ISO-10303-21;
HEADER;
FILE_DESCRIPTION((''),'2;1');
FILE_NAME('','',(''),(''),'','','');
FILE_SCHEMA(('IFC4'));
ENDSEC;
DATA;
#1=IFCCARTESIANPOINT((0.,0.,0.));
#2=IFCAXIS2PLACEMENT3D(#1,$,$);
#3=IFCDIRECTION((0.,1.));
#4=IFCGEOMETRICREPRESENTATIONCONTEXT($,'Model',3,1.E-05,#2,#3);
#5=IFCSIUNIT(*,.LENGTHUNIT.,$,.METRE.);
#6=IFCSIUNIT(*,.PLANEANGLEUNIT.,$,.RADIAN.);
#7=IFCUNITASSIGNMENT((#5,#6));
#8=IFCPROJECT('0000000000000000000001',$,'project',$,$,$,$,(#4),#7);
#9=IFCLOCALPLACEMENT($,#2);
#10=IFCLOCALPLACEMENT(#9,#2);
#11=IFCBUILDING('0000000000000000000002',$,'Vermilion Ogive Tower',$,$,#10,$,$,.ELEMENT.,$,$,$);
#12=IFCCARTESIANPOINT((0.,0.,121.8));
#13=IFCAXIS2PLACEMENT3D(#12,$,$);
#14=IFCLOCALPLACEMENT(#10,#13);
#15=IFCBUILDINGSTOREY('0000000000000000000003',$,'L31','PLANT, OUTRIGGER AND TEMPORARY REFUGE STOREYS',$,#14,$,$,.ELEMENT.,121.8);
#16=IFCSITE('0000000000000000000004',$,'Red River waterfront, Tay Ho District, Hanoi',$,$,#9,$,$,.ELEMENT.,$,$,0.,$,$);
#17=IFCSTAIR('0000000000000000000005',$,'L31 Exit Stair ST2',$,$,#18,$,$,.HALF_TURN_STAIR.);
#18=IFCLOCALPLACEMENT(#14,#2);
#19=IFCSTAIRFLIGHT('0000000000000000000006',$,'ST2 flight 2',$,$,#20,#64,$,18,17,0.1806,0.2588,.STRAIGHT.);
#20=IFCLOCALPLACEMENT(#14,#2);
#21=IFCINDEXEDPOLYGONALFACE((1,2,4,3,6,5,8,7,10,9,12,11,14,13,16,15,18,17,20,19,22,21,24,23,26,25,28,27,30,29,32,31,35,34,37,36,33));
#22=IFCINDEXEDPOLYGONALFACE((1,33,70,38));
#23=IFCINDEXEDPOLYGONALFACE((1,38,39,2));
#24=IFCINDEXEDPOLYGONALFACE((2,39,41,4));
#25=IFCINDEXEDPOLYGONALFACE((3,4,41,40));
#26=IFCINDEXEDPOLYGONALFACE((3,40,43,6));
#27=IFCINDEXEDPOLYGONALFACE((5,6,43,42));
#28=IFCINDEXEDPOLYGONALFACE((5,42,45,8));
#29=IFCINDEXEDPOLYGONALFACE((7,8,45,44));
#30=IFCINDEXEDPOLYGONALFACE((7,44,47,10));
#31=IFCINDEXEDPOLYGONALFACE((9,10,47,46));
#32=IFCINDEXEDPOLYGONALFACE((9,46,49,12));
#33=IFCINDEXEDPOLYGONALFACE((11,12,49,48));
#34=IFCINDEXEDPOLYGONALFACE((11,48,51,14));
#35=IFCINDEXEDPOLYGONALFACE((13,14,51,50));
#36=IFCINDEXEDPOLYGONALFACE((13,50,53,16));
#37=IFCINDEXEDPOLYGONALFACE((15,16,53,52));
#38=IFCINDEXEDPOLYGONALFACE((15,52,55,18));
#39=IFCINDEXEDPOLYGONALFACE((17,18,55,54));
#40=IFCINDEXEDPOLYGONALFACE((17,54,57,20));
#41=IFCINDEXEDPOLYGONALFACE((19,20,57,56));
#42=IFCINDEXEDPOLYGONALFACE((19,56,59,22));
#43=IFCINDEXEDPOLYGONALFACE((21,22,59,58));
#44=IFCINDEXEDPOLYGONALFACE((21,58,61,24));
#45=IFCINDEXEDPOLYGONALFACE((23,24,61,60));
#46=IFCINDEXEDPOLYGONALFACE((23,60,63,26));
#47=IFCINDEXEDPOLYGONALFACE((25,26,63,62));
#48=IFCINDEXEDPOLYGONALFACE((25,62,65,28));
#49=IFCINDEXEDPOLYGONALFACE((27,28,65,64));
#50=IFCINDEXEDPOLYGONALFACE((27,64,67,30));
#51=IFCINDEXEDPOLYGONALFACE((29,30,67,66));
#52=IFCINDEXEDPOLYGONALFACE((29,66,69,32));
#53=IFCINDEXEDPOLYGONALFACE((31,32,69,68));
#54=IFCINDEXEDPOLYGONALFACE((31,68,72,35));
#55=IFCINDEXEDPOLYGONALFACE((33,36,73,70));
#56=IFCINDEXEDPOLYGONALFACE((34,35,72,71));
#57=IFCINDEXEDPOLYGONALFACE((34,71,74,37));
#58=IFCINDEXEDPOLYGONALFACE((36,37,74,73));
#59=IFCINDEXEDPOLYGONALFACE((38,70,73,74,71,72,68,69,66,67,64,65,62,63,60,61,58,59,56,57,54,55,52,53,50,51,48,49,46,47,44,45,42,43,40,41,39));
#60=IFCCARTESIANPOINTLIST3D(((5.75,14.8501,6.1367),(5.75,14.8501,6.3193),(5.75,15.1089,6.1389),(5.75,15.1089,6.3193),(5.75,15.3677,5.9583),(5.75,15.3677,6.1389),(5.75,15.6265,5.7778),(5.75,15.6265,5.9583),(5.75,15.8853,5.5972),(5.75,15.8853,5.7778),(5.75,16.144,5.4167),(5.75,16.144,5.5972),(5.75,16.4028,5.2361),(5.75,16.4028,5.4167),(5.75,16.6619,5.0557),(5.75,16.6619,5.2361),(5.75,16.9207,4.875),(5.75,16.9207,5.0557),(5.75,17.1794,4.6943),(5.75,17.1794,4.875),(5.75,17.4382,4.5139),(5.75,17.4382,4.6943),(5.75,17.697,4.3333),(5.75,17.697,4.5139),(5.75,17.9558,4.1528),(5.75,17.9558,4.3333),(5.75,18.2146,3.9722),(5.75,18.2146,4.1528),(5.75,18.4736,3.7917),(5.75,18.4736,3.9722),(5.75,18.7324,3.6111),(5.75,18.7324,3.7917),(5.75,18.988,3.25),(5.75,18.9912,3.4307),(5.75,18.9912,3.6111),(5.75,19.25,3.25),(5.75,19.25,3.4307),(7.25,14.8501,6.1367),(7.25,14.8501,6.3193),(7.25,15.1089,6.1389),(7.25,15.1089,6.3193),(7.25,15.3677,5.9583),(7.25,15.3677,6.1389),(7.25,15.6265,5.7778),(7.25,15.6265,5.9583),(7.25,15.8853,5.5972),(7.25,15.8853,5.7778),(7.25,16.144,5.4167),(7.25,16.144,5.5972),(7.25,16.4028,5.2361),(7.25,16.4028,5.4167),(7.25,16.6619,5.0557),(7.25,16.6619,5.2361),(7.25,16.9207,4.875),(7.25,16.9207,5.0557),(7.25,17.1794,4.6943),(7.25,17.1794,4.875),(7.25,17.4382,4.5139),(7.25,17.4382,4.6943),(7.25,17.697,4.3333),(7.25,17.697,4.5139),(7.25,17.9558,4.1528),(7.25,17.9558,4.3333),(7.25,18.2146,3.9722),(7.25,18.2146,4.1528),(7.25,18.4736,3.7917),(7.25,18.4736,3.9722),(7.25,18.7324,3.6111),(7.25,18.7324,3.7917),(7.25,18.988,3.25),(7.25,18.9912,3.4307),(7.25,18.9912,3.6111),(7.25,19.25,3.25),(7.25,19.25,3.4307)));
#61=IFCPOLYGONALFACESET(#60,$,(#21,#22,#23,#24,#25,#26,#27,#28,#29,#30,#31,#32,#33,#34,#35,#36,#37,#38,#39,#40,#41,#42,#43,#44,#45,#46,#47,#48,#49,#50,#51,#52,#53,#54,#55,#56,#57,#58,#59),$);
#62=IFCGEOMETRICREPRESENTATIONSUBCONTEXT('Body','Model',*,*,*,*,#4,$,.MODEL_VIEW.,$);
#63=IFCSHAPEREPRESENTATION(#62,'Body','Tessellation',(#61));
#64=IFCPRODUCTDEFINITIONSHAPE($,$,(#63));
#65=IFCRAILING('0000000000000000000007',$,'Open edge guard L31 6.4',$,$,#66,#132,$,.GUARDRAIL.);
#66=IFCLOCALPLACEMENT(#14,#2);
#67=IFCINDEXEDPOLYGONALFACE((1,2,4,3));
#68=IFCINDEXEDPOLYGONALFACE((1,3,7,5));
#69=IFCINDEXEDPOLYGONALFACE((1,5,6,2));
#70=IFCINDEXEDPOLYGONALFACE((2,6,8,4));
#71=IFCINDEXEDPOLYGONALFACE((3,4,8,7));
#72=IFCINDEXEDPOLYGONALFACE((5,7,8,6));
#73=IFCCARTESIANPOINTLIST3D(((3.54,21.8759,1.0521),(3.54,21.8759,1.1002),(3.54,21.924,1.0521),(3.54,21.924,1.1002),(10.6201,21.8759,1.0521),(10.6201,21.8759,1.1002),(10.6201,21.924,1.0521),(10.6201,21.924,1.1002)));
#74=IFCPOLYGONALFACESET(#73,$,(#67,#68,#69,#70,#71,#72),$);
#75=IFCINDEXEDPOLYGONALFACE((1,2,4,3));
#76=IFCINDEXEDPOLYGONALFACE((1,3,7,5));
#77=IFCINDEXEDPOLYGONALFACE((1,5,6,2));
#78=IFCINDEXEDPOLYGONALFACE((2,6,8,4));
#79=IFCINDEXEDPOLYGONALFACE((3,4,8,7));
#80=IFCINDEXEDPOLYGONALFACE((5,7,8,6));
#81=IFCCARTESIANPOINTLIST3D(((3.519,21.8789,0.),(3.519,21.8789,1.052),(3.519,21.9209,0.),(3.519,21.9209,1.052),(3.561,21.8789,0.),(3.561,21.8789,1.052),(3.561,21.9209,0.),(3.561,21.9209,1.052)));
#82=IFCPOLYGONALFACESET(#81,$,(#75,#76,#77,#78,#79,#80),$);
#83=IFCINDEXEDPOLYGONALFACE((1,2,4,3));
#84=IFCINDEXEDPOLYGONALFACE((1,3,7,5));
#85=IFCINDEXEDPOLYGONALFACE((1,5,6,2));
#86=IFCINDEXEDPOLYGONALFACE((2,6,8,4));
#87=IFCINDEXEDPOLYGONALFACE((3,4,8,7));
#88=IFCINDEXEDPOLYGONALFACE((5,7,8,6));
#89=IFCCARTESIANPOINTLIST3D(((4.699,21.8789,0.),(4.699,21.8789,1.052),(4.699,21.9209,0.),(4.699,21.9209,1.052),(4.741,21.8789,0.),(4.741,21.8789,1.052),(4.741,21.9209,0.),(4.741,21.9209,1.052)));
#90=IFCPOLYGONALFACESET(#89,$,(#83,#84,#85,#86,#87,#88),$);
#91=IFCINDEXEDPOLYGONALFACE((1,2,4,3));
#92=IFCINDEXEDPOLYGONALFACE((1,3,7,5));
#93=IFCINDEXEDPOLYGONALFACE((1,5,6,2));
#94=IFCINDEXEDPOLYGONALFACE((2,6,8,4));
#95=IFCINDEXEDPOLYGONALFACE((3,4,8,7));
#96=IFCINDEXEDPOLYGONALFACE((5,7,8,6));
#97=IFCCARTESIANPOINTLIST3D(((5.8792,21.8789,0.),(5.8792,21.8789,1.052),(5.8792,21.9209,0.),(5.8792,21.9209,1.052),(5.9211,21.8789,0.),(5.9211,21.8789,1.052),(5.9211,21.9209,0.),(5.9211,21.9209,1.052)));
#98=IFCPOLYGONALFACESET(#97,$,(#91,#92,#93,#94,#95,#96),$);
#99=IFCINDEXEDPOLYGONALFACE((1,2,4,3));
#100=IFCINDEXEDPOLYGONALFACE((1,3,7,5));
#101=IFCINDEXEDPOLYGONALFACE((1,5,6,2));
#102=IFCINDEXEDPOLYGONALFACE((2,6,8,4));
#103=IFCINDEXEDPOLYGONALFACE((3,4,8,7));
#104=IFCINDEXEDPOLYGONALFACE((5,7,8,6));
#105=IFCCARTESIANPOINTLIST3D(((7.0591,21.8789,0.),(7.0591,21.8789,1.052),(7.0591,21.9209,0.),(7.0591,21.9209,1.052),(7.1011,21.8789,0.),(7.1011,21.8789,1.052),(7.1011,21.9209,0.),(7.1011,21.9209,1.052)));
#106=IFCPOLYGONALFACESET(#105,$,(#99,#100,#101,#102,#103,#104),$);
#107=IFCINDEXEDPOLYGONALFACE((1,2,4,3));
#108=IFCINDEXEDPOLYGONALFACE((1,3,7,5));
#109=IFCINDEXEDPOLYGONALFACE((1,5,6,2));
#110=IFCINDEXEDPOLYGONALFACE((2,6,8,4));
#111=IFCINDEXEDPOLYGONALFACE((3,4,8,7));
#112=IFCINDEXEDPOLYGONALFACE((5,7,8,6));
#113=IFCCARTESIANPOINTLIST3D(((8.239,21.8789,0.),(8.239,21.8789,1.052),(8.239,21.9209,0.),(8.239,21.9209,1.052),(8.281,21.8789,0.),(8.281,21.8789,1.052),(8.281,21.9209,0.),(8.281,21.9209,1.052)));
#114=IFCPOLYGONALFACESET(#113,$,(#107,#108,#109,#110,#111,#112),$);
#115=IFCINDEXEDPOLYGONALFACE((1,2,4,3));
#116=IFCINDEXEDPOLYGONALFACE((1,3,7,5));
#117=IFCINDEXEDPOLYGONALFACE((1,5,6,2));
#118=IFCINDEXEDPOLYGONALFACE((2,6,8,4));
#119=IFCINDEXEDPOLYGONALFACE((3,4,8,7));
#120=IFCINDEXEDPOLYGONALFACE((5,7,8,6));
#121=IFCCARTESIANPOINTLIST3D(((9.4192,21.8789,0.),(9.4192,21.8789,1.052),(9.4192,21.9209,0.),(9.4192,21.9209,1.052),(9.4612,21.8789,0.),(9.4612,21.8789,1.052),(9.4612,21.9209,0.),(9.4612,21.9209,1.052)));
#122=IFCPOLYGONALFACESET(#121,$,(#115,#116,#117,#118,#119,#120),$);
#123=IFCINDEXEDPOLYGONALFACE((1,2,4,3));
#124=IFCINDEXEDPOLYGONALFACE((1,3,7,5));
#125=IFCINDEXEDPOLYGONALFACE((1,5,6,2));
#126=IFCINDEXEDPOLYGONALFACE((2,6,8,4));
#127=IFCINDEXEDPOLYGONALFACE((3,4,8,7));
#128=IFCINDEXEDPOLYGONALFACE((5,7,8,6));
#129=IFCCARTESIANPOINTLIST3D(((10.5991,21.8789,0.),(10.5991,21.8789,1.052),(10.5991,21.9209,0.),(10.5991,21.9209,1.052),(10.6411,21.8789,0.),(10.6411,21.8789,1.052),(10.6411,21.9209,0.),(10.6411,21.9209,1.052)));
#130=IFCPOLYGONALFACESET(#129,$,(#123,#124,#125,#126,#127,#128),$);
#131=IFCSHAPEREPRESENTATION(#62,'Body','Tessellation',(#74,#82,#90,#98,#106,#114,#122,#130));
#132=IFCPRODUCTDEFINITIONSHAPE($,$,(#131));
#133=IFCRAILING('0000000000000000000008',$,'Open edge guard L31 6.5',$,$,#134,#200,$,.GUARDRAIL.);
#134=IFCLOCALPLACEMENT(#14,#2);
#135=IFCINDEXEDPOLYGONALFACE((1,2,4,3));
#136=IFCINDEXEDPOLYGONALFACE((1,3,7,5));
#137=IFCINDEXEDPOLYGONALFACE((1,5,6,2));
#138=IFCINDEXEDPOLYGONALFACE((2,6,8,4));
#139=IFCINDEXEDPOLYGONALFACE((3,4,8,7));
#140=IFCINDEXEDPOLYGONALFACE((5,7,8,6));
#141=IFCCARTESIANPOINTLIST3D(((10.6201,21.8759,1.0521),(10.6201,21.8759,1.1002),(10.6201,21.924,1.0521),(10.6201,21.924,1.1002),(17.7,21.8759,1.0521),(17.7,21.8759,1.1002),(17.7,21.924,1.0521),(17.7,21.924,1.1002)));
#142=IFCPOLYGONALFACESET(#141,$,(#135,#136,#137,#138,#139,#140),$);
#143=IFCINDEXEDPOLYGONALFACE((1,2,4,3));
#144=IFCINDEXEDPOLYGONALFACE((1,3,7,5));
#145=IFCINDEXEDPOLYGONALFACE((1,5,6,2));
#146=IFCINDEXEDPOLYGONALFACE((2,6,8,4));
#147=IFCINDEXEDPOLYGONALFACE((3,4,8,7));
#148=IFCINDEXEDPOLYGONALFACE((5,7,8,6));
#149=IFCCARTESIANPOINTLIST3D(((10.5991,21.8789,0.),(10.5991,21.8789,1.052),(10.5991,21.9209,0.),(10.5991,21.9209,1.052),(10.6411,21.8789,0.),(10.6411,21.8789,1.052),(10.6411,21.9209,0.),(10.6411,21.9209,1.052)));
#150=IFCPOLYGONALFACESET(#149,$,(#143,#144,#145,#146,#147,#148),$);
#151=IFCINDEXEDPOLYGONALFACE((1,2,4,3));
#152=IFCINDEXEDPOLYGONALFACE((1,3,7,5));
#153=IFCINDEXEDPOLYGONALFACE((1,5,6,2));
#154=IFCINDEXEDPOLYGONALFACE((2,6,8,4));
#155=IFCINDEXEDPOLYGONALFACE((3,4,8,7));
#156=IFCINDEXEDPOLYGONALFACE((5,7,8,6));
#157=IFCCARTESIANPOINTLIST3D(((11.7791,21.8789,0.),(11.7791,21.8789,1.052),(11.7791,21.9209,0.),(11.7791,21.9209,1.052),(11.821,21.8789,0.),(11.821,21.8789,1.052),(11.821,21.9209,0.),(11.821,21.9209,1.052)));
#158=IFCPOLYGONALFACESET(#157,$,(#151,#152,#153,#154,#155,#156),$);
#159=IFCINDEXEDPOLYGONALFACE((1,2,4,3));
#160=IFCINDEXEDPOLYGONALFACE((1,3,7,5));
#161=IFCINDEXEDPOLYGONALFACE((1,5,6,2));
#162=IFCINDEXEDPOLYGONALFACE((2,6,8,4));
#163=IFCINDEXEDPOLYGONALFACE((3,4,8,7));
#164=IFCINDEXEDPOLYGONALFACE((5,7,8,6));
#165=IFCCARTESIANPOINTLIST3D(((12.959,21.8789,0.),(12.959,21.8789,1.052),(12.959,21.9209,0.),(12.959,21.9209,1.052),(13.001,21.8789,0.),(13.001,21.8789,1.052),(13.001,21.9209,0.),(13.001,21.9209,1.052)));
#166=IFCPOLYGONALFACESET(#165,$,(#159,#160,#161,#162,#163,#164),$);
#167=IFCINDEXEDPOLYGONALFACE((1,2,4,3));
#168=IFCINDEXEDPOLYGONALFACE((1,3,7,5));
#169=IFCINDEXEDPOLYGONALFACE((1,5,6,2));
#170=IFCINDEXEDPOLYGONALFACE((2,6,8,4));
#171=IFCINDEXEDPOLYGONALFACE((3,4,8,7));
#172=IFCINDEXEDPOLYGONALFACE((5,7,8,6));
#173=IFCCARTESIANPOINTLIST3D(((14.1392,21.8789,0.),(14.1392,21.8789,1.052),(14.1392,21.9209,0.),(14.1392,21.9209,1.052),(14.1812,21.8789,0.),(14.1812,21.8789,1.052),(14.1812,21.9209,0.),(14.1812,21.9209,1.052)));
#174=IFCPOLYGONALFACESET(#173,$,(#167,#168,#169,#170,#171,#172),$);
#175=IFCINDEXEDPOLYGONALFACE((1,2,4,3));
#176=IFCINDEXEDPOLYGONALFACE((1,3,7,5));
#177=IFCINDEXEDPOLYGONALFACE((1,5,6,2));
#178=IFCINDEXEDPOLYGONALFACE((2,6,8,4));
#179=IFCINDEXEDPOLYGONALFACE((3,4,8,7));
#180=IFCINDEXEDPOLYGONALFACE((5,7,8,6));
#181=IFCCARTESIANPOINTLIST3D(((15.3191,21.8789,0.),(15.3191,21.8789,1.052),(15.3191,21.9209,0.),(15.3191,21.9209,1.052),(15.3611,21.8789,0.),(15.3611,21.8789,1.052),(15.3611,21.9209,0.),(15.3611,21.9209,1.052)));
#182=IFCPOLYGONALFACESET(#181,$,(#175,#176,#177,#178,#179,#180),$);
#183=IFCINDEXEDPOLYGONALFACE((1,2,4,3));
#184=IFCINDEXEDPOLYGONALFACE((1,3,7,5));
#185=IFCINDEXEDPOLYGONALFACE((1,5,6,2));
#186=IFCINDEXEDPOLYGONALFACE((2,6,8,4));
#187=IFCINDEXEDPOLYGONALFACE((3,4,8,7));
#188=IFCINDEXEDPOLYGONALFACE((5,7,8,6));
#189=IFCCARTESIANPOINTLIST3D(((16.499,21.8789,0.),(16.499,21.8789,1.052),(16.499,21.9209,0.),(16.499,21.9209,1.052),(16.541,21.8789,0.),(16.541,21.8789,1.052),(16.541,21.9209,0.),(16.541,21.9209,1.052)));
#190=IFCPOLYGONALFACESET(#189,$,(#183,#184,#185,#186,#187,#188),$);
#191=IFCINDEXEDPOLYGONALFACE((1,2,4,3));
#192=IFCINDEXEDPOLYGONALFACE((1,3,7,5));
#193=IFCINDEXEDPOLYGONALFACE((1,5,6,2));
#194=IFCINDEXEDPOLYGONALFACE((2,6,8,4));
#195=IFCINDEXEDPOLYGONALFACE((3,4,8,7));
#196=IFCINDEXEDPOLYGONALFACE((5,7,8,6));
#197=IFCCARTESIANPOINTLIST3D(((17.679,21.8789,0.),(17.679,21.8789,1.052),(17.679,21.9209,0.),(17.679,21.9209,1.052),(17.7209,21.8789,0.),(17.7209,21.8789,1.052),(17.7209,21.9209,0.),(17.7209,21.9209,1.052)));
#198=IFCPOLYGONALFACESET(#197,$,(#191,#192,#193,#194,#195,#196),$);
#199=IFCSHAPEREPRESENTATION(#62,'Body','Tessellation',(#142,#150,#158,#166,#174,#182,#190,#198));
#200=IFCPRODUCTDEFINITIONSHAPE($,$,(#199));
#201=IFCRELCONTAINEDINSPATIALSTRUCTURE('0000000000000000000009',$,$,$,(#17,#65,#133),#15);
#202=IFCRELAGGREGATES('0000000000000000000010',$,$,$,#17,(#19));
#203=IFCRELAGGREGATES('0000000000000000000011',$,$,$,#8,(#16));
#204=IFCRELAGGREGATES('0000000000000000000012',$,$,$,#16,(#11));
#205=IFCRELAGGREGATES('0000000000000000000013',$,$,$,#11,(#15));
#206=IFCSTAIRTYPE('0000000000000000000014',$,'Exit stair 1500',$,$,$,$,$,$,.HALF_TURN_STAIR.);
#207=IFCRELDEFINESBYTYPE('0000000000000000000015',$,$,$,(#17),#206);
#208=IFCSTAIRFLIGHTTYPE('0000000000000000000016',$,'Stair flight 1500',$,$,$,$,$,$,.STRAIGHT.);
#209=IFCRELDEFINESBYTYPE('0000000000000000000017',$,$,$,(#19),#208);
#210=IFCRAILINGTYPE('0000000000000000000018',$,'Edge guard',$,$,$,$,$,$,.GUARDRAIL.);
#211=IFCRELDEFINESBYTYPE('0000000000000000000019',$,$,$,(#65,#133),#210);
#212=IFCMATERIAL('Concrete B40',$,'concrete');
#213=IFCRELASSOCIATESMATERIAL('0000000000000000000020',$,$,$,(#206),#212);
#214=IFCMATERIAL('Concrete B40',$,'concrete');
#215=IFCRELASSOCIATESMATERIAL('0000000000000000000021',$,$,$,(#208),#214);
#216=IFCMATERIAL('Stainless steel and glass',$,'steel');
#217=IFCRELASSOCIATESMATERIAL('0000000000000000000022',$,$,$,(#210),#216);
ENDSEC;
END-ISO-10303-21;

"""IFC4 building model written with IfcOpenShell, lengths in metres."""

from ifc_helpers import new_model, si_unit, direction, frame, origin, origin_2d, place, context, subcontext, project, spatial, polyline, rectangle, outline, extrude, material, type_object, element, aggregate, save


model = new_model("IFC4")

# Units and contexts
model_context = context("Model", 3, precision=1e-05, world=origin(), true_north=direction((0.0, 1.0)))
body_context = subcontext(model_context, "Body", "Model", "MODEL_VIEW")
ifc_project = project(units=[si_unit("LENGTHUNIT", "METRE"), si_unit("PLANEANGLEUNIT", "RADIAN")], contexts=[model_context])

# Site, building, storey
site_placement = place(None, origin())
site = spatial("IfcSite", under=ifc_project, at=site_placement, Name="Red River waterfront, Tay Ho District, Hanoi", CompositionType="ELEMENT", RefElevation=0.0)
building_placement = place(site_placement, origin())
building = spatial("IfcBuilding", under=site, at=building_placement, Name="Vermilion Ogive Tower", CompositionType="ELEMENT")
storey_placement = place(building_placement, frame((0.0, 0.0, 121.8)))
storey = spatial("IfcBuildingStorey", under=building, at=storey_placement, Name="L31", Description="PLANT, OUTRIGGER AND TEMPORARY REFUGE STOREYS", CompositionType="ELEMENT", Elevation=121.8)

# Stair, stair flight
ifc_material_1 = material(Name="Concrete B40", Category="concrete")
stair_type = type_object("IfcStairType", Name="Exit stair 1500", PredefinedType="HALF_TURN_STAIR", material=ifc_material_1)
stair_placement = place(storey_placement, origin())
stair = element("IfcStair", 1, at=stair_placement, inside=storey, type_object=stair_type, Name="L31 Exit Stair ST2", PredefinedType="HALF_TURN_STAIR")
ifc_material_2 = material(Name="Concrete B40", Category="concrete")
stair_flight_type = type_object("IfcStairFlightType", Name="Stair flight 1500", PredefinedType="STRAIGHT", material=ifc_material_2)
stair_flight_1_placement = place(storey_placement, frame((6.5, 19.25, 3.25), z_axis=(0.0, 0.0, 1.0), x_axis=(0.0, -1.0, 0.0)))
stair_flight_1 = element("IfcStairFlight", 2, at=stair_flight_1_placement, type_object=stair_flight_type, Name="ST2 flight 2", NumberOfRisers=18, NumberOfTreads=17, PredefinedType="STRAIGHT", RiserHeight=0.1806, TreadLength=0.2588, context=body_context, shape_type="SweptSolid", body=[
    extrude(outline(polyline([(0.0, 0.0), (0.0, 0.1807), (0.2588, 0.1807), (0.2588, 0.3611), (0.5176, 0.3611), (0.5176, 0.5417), (0.7764, 0.5417), (0.7764, 0.7222), (1.0354, 0.7222), (1.0354, 0.9028), (1.2942, 0.9028), (1.2942, 1.0833), (1.553, 1.0833), (1.553, 1.2639), (1.8118, 1.2639), (1.8118, 1.4443), (2.0706, 1.4443), (2.0706, 1.625), (2.3293, 1.625), (2.3293, 1.8057), (2.5881, 1.8057), (2.5881, 1.9861), (2.8472, 1.9861), (2.8472, 2.1667), (3.106, 2.1667), (3.106, 2.3472), (3.3647, 2.3472), (3.3647, 2.5278), (3.6235, 2.5278), (3.6235, 2.7083), (3.8823, 2.7083), (3.8823, 2.8889), (4.1411, 2.8889), (4.1411, 3.0693), (4.3999, 3.0693), (4.3999, 3.25), (4.3999, 2.8867), (0.262, 0.0), (0.0, 0.0)])), frame((0.0, 0.75, 0.0), z_axis=(0.0, -1.0, 0.0), x_axis=(1.0, 0.0, 0.0)), (0.0, 0.0, 1.0), 1.5),
])
aggregate(stair, [stair_flight_1])

# Railings
ifc_material_3 = material(Name="Stainless steel and glass", Category="steel")
railing_type_1 = type_object("IfcRailingType", Name="Edge guard", PredefinedType="GUARDRAIL", material=ifc_material_3)
railing_1_placement = place(storey_placement, frame((3.54, 21.8999, 0.0)))
element("IfcRailing", 3, at=railing_1_placement, inside=storey, type_object=railing_type_1, Name="Open edge guard L31 6.4", PredefinedType="GUARDRAIL", context=body_context, shape_type="SweptSolid", body=[
    extrude(rectangle(XDim=0.0481, YDim=0.0481, at=origin_2d()), frame((0.0, 0.0, 1.0762), z_axis=(1.0, 0.0, 0.0), x_axis=(0.0, 1.0, 0.0)), (0.0, 0.0, 1.0), 7.0801),
    extrude(rectangle(XDim=0.042, YDim=0.042, at=origin_2d()), origin(), (0.0, 0.0, 1.0), 1.052),
    extrude(rectangle(XDim=0.042, YDim=0.042, at=origin_2d()), frame((1.1799, 0.0, 0.0)), (0.0, 0.0, 1.0), 1.052),
    extrude(rectangle(XDim=0.042, YDim=0.042, at=origin_2d()), frame((2.3601, 0.0, 0.0)), (0.0, 0.0, 1.0), 1.052),
    extrude(rectangle(XDim=0.042, YDim=0.042, at=origin_2d()), frame((3.54, 0.0, 0.0)), (0.0, 0.0, 1.0), 1.052),
    extrude(rectangle(XDim=0.042, YDim=0.042, at=origin_2d()), frame((4.72, 0.0, 0.0)), (0.0, 0.0, 1.0), 1.052),
    extrude(rectangle(XDim=0.042, YDim=0.042, at=origin_2d()), frame((5.9001, 0.0, 0.0)), (0.0, 0.0, 1.0), 1.052),
    extrude(rectangle(XDim=0.042, YDim=0.042, at=origin_2d()), frame((7.0801, 0.0, 0.0)), (0.0, 0.0, 1.0), 1.052),
])
railing_2_placement = place(storey_placement, frame((10.6201, 21.8999, 0.0)))
element("IfcRailing", 4, at=railing_2_placement, inside=storey, type_object=railing_type_1, Name="Open edge guard L31 6.5", PredefinedType="GUARDRAIL", context=body_context, shape_type="SweptSolid", body=[
    extrude(rectangle(XDim=0.0481, YDim=0.0481, at=origin_2d()), frame((0.0, 0.0, 1.0762), z_axis=(1.0, 0.0, 0.0), x_axis=(0.0, 1.0, 0.0)), (0.0, 0.0, 1.0), 7.0798),
    extrude(rectangle(XDim=0.042, YDim=0.042, at=origin_2d()), origin(), (0.0, 0.0, 1.0), 1.052),
    extrude(rectangle(XDim=0.042, YDim=0.042, at=origin_2d()), frame((1.1799, 0.0, 0.0)), (0.0, 0.0, 1.0), 1.052),
    extrude(rectangle(XDim=0.042, YDim=0.042, at=origin_2d()), frame((2.3599, 0.0, 0.0)), (0.0, 0.0, 1.0), 1.052),
    extrude(rectangle(XDim=0.042, YDim=0.042, at=origin_2d()), frame((3.54, 0.0, 0.0)), (0.0, 0.0, 1.0), 1.052),
    extrude(rectangle(XDim=0.042, YDim=0.042, at=origin_2d()), frame((4.72, 0.0, 0.0)), (0.0, 0.0, 1.0), 1.052),
    extrude(rectangle(XDim=0.042, YDim=0.042, at=origin_2d()), frame((5.8999, 0.0, 0.0)), (0.0, 0.0, 1.0), 1.052),
    extrude(rectangle(XDim=0.042, YDim=0.042, at=origin_2d()), frame((7.0798, 0.0, 0.0)), (0.0, 0.0, 1.0), 1.052),
])

save(model, "model.ifc")
